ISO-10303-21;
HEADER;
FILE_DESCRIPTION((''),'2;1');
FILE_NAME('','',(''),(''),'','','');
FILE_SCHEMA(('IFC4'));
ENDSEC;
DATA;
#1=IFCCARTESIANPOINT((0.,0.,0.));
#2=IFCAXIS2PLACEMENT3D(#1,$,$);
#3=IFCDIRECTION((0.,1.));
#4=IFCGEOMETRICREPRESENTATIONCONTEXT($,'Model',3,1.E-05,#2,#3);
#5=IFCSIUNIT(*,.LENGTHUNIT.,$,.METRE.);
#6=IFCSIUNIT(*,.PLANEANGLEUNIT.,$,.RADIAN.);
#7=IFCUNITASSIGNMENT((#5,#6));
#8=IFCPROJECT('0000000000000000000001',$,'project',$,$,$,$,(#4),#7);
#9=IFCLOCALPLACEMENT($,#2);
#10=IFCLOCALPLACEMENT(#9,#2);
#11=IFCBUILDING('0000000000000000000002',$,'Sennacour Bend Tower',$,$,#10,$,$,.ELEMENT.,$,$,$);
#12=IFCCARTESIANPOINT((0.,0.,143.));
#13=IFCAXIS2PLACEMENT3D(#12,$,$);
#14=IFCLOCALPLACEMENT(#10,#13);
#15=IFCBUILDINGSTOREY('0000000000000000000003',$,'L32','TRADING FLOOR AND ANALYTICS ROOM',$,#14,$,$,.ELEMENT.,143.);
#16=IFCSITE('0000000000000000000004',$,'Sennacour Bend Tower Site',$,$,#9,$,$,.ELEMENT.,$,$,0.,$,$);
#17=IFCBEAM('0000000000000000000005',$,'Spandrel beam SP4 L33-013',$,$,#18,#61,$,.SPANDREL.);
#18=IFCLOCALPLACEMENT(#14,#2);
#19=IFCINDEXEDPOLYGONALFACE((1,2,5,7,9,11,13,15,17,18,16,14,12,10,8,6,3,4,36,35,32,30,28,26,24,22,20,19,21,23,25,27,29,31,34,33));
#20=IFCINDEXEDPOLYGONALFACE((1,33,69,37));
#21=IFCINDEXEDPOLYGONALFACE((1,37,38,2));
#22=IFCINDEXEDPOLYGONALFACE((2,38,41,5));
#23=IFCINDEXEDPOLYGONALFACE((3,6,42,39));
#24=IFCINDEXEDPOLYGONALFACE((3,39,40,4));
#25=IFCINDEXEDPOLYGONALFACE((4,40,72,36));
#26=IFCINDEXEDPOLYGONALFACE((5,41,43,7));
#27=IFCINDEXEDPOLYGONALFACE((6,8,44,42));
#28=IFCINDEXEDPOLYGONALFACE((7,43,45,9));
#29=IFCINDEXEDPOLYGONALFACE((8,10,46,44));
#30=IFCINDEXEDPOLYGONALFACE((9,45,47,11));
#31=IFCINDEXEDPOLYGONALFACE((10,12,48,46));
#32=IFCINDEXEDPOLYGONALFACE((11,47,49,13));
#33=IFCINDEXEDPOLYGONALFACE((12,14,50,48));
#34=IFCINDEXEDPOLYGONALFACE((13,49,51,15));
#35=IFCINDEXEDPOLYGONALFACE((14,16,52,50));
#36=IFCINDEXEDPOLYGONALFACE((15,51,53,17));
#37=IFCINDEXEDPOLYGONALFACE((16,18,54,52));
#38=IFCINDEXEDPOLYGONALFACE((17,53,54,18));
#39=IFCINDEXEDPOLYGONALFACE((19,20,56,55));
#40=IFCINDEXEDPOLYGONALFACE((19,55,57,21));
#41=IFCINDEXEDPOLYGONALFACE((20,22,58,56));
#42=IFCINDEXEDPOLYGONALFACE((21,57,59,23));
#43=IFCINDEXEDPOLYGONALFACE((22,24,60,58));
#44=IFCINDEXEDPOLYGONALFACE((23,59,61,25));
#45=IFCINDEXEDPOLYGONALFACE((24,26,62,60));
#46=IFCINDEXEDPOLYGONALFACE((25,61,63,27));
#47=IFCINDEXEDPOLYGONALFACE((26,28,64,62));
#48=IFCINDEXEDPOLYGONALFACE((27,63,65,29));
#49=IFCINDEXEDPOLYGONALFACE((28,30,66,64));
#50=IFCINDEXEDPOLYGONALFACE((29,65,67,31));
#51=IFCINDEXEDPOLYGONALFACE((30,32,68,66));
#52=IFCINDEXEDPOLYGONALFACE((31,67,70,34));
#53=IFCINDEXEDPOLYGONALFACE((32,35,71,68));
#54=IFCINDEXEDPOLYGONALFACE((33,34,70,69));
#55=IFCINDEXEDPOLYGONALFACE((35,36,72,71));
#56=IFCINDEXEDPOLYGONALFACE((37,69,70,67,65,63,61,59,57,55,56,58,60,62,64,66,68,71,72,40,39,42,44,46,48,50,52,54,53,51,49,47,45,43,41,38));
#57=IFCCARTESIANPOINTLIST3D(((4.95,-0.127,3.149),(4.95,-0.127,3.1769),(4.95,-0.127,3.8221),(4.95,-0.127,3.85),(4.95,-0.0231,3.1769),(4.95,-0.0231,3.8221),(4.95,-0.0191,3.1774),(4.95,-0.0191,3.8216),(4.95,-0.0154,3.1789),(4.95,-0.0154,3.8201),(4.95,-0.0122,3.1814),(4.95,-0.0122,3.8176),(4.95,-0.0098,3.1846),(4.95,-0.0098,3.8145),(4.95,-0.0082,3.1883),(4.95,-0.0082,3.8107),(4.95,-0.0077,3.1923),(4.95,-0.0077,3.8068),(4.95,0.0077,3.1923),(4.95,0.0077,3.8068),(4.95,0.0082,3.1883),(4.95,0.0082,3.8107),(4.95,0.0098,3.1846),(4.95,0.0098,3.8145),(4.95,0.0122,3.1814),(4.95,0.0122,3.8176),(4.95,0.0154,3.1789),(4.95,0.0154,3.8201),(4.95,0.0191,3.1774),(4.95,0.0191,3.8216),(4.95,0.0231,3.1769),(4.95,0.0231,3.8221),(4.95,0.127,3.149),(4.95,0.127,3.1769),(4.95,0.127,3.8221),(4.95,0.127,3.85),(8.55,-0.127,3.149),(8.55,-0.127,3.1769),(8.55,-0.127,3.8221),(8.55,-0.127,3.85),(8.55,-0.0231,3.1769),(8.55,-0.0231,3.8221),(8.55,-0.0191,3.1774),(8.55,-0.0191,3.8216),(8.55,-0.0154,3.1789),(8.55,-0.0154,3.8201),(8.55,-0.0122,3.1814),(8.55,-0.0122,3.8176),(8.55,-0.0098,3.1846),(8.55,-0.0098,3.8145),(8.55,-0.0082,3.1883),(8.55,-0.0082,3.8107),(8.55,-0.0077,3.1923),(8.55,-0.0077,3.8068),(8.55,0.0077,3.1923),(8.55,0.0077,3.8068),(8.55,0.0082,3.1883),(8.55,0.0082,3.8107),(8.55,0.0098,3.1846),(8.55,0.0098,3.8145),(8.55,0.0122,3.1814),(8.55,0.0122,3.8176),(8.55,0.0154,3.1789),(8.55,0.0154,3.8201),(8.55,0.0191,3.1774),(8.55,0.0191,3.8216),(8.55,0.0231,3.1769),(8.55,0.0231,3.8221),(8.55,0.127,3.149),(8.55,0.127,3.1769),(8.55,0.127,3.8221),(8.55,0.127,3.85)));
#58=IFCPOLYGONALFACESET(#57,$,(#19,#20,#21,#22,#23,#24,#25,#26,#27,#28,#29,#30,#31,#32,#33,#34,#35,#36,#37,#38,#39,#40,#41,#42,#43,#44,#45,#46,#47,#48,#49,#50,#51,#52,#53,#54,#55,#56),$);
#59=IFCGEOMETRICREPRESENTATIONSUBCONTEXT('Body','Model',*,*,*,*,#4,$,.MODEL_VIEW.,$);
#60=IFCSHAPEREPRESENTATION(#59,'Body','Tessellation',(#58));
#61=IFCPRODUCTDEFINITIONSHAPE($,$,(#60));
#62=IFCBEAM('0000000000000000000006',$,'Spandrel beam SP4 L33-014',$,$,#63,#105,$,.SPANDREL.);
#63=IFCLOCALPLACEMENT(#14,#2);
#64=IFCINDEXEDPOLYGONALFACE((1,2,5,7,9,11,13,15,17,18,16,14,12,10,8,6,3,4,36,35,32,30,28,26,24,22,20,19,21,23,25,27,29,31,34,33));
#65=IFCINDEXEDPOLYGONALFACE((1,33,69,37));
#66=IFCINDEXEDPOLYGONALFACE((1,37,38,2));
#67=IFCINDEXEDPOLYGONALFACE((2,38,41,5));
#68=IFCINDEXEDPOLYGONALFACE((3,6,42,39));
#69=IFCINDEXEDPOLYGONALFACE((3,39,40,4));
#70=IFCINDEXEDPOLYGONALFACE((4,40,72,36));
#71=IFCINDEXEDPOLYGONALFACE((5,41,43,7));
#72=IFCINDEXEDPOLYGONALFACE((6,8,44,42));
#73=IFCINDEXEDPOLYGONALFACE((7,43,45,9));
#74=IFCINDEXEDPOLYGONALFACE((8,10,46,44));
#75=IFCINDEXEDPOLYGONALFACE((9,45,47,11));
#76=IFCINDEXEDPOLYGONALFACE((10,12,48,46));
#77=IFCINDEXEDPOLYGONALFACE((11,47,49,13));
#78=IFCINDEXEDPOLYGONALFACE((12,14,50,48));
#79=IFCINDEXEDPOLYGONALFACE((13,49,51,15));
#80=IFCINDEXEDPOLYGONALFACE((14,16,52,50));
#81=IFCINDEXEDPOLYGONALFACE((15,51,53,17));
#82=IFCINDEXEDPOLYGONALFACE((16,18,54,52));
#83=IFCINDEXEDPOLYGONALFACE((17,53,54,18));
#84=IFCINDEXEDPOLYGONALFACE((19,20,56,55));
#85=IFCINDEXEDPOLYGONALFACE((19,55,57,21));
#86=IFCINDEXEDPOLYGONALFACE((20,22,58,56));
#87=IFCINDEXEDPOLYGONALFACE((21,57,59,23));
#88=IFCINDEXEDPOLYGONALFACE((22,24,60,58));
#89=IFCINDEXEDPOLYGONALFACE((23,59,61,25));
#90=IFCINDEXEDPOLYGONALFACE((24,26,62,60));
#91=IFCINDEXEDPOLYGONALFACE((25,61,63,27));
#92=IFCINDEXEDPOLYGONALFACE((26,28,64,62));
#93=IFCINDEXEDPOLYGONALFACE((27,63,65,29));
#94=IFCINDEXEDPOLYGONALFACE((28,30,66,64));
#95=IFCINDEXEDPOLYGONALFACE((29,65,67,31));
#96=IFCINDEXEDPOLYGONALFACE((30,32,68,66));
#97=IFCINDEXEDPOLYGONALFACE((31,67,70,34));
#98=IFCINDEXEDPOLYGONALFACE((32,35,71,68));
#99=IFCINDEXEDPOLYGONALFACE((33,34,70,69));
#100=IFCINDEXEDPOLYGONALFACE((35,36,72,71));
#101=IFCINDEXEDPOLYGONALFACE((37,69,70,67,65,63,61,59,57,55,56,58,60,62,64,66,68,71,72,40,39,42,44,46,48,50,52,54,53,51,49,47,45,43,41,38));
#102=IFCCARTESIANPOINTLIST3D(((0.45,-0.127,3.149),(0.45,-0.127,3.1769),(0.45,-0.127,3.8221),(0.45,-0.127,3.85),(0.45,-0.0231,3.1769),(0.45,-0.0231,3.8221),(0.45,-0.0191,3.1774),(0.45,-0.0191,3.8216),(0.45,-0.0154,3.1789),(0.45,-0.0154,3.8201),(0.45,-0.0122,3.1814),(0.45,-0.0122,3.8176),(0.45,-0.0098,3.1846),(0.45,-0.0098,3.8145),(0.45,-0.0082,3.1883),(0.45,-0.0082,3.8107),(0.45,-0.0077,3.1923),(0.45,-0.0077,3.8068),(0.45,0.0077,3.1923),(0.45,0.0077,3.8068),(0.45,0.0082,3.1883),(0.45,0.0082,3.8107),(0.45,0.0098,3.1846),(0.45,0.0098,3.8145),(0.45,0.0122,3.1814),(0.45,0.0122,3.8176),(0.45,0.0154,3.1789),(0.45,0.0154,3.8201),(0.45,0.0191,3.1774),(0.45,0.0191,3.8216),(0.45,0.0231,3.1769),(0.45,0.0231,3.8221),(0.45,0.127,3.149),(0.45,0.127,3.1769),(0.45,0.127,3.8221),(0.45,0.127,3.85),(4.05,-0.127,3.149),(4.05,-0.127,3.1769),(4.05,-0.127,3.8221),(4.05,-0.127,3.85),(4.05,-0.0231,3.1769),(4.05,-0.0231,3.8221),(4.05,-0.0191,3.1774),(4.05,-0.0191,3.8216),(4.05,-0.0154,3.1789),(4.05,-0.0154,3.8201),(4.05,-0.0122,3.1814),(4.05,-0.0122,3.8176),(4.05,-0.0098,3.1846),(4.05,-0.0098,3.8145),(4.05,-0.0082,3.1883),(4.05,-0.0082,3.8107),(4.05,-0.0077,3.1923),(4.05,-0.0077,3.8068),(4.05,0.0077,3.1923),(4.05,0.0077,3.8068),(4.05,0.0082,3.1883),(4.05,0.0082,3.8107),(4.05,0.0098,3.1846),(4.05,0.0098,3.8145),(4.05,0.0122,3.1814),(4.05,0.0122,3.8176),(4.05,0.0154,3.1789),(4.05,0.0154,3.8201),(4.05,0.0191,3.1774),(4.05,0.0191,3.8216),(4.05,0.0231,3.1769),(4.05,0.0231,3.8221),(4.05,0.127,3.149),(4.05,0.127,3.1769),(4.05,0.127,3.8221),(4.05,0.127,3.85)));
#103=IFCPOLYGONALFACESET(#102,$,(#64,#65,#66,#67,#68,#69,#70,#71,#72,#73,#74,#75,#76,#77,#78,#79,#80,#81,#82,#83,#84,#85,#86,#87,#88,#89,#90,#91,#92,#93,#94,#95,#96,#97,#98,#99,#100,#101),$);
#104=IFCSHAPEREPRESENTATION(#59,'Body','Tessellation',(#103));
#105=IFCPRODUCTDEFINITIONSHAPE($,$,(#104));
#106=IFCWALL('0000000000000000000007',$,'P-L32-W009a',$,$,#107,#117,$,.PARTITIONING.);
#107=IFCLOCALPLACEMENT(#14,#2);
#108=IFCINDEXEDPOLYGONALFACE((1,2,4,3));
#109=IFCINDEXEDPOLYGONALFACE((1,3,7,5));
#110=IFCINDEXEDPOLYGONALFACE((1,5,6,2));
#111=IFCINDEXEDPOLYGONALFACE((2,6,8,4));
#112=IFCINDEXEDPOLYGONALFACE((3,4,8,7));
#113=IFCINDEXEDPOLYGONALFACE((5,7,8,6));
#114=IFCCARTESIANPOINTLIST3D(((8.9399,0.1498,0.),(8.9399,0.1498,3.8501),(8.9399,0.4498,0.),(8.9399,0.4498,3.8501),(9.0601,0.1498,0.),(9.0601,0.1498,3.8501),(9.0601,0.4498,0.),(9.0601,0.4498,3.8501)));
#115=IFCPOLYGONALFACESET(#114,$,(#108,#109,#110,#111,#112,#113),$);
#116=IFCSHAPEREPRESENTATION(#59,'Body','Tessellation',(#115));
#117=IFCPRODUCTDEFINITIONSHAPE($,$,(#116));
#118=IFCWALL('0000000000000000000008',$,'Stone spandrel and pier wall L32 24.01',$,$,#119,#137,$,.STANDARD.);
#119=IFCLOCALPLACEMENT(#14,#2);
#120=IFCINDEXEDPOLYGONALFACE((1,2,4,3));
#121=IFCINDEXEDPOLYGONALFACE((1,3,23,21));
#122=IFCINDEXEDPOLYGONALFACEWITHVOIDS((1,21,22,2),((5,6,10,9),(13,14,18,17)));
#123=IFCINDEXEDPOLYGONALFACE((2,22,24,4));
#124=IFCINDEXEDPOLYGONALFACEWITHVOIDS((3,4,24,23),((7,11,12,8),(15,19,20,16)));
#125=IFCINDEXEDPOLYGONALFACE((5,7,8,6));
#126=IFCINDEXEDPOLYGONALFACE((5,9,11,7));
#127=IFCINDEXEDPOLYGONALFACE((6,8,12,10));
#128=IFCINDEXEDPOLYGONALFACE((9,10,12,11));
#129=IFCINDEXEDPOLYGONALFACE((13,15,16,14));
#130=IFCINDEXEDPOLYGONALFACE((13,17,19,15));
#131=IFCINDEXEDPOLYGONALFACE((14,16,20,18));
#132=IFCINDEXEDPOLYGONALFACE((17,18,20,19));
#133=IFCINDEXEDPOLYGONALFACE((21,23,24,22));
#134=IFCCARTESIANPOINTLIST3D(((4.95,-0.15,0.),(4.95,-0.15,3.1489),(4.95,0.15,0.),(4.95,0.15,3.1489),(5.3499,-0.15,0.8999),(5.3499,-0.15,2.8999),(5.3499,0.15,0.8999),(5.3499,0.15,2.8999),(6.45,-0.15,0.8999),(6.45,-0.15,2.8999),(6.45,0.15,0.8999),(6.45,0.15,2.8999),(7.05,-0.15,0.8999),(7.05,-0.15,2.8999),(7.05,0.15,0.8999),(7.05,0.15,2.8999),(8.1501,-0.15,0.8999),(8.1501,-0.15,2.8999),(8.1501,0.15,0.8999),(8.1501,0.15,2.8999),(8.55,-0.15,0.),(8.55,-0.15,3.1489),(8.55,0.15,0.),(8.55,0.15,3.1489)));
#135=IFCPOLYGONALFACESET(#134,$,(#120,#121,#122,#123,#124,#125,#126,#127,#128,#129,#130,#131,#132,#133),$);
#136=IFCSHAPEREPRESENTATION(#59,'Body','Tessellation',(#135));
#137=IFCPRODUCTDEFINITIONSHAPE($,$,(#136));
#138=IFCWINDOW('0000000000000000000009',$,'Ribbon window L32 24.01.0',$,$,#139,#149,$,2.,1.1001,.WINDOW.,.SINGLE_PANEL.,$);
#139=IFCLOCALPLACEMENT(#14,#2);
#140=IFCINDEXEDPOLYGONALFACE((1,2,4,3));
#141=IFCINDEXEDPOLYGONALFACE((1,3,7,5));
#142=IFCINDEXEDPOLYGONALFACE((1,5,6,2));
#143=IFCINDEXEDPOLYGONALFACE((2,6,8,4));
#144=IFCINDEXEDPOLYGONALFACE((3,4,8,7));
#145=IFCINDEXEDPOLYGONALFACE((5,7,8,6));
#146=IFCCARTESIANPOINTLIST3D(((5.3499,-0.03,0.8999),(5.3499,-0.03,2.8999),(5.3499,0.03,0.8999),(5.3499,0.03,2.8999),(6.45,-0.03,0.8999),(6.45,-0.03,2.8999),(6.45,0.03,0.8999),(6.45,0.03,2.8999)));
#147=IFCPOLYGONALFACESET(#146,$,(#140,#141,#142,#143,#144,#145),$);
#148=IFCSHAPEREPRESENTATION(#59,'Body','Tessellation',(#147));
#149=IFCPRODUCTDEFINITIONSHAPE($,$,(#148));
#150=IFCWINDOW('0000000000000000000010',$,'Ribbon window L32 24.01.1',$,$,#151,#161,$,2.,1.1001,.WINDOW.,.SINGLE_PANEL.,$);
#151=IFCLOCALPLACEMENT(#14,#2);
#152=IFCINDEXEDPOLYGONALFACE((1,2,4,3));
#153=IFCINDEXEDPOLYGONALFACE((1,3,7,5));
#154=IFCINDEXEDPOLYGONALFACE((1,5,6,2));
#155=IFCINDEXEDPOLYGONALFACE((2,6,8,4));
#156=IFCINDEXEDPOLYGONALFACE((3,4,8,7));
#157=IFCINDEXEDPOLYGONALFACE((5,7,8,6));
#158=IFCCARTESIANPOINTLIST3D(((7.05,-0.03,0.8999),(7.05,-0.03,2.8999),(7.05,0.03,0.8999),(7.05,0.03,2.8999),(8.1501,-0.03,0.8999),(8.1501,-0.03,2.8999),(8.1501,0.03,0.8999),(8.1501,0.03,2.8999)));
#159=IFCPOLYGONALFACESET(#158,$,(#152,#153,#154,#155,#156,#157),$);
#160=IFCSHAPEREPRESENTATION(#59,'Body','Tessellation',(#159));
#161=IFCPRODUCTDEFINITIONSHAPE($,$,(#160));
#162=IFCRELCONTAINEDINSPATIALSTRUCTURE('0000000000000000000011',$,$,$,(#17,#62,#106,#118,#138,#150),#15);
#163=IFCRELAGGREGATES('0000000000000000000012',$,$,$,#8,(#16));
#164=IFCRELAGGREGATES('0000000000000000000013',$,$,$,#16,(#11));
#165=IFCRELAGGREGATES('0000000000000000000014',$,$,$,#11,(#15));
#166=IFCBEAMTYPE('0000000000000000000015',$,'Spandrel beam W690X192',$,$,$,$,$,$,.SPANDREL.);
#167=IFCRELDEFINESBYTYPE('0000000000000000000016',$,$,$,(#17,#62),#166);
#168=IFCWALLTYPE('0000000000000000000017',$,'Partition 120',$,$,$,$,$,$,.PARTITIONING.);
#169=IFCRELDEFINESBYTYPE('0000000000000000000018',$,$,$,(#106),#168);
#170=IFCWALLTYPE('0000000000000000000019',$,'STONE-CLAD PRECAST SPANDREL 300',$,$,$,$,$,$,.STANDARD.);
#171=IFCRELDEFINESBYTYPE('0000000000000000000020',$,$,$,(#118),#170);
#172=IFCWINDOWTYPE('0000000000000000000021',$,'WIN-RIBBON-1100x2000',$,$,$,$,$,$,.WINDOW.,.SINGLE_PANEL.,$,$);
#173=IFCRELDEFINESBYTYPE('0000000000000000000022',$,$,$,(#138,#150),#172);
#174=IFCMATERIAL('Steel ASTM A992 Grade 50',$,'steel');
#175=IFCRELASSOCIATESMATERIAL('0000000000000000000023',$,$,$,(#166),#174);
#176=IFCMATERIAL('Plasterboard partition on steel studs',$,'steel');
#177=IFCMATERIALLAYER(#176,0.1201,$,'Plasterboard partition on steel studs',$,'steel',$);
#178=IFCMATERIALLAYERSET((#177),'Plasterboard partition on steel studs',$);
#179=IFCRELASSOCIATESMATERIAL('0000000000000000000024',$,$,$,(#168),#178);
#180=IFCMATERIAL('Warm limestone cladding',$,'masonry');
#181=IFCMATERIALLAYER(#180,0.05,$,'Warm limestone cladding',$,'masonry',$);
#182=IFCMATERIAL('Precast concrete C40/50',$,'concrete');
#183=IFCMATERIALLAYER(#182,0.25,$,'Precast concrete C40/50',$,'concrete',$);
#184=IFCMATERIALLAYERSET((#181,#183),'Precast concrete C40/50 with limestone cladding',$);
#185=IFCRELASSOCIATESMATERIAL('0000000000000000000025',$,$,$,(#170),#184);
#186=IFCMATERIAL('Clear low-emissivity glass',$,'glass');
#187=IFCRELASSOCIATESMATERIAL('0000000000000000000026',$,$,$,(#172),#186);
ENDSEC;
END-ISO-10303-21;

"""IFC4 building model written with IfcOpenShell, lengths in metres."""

from ifc_helpers import new_model, si_unit, direction, frame, frame_2d, origin, origin_2d, place, context, subcontext, project, spatial, rectangle, i_section, extrude, material, layer, layer_set, material_profile, profile_set, type_object, element, fill, save


model = new_model("IFC4")

# Units and contexts
model_context = context("Model", 3, precision=1e-05, world=origin(), true_north=direction((0.0, 1.0)))
body_context = subcontext(model_context, "Body", "Model", "MODEL_VIEW")
ifc_project = project(units=[si_unit("LENGTHUNIT", "METRE"), si_unit("PLANEANGLEUNIT", "RADIAN")], contexts=[model_context])

# Site, building, storey
site_placement = place(None, origin())
site = spatial("IfcSite", under=ifc_project, at=site_placement, Name="Sennacour Bend Tower Site", CompositionType="ELEMENT", RefElevation=0.0)
building_placement = place(site_placement, origin())
building = spatial("IfcBuilding", under=site, at=building_placement, Name="Sennacour Bend Tower", CompositionType="ELEMENT")
storey_placement = place(building_placement, frame((0.0, 0.0, 143.0)))
storey = spatial("IfcBuildingStorey", under=building, at=storey_placement, Name="L32", Description="TRADING FLOOR AND ANALYTICS ROOM", CompositionType="ELEMENT", Elevation=143.0)

# Beams
ifc_material_1 = material(Name="Steel ASTM A992 Grade 50", Category="steel")
ifc_material_profile_1 = material_profile(ifc_material_1, i_section(OverallWidth=0.2539, OverallDepth=0.7009, WebThickness=0.0154, FlangeThickness=0.0278, FilletRadius=0.0154, at=origin_2d()), Name="Steel ASTM A992 Grade 50", Category="steel")
ifc_profile_set_1 = profile_set([ifc_material_profile_1], Name="Steel ASTM A992 Grade 50")
beam_type_1 = type_object("IfcBeamType", Name="Spandrel beam W690X192", PredefinedType="SPANDREL", material=ifc_profile_set_1)
for number, where, z_axis, x_axis, name in (
    (1, (8.55, 0.0, 3.4995), (-1.0, 0.0, 0.0), (0.0, -1.0, 0.0), "Spandrel beam SP4 L33-013"),
    (2, (4.05, 0.0, 3.4995), (-1.0, 0.0, 0.0), (0.0, -1.0, 0.0), "Spandrel beam SP4 L33-014"),
):
    element("IfcBeam", number, at=place(storey_placement, frame(where, z_axis=z_axis, x_axis=x_axis)), inside=storey, type_object=beam_type_1, Name=name, PredefinedType="SPANDREL", context=body_context, shape_type="SweptSolid", body=[
        extrude(i_section(OverallWidth=0.2539, OverallDepth=0.7009, WebThickness=0.0154, FlangeThickness=0.0278, FilletRadius=0.0154, at=origin_2d()), origin(), (0.0, 0.0, 1.0), 3.6001),
    ])

# Wall
ifc_material_2 = material(Name="Plasterboard partition on steel studs", Category="steel")
ifc_layer_1 = layer(ifc_material_2, 0.1201, Name="Plasterboard partition on steel studs", Category="steel")
ifc_layer_set_1 = layer_set([ifc_layer_1], Name="Plasterboard partition on steel studs")
wall_type_1 = type_object("IfcWallType", Name="Partition 120", PredefinedType="PARTITIONING", material=ifc_layer_set_1)
wall_1_placement = place(storey_placement, frame((9.0, 0.1499, 0.0), z_axis=(0.0, 0.0, 1.0), x_axis=(0.0, 1.0, 0.0)))
element("IfcWall", 3, at=wall_1_placement, inside=storey, type_object=wall_type_1, Name="P-L32-W009a", PredefinedType="PARTITIONING", context=body_context, shape_type="SweptSolid", body=[
    extrude(rectangle(XDim=0.3, YDim=0.1201, at=frame_2d((0.1499, 0.0))), origin(), (0.0, 0.0, 1.0), 3.8501),
])

# Wall, openings, windows
ifc_material_3 = material(Name="Warm limestone cladding", Category="masonry")
ifc_layer_2 = layer(ifc_material_3, 0.05, Name="Warm limestone cladding", Category="masonry")
ifc_material_4 = material(Name="Precast concrete C40/50", Category="concrete")
ifc_layer_3 = layer(ifc_material_4, 0.25, Name="Precast concrete C40/50", Category="concrete")
ifc_layer_set_2 = layer_set([ifc_layer_2, ifc_layer_3], Name="Precast concrete C40/50 with limestone cladding")
wall_type_2 = type_object("IfcWallType", Name="STONE-CLAD PRECAST SPANDREL 300", PredefinedType="STANDARD", material=ifc_layer_set_2)
wall_2_placement = place(storey_placement, frame((4.95, 0.0, 0.0), z_axis=(0.0, 0.0, 1.0), x_axis=(1.0, 0.0, 0.0)))
wall_2 = element("IfcWall", 4, at=wall_2_placement, inside=storey, type_object=wall_type_2, Name="Stone spandrel and pier wall L32 24.01", PredefinedType="STANDARD", context=body_context, shape_type="SweptSolid", body=[
    extrude(rectangle(XDim=3.6001, YDim=0.3, at=frame_2d((1.8, 0.0))), origin(), (0.0, 0.0, 1.0), 3.1489),
])
opening_1_placement = place(wall_2_placement, frame((0.3999, 0.0, 0.8999)))
opening_1 = element("IfcOpeningElement", 5, at=opening_1_placement, cuts=wall_2, PredefinedType="OPENING", context=body_context, shape_type="SweptSolid", body=[
    extrude(rectangle(XDim=1.1001, YDim=2.0, at=frame_2d((0.55, 1.0))), frame((0.0, 0.1602, 0.0), z_axis=(0.0, -1.0, 0.0), x_axis=(1.0, 0.0, 0.0)), (0.0, 0.0, 1.0), 0.3201),
])
opening_2_placement = place(wall_2_placement, frame((2.1001, 0.0, 0.8999)))
opening_2 = element("IfcOpeningElement", 6, at=opening_2_placement, cuts=wall_2, PredefinedType="OPENING", context=body_context, shape_type="SweptSolid", body=[
    extrude(rectangle(XDim=1.1001, YDim=2.0, at=frame_2d((0.55, 1.0))), frame((0.0, 0.1602, 0.0), z_axis=(0.0, -1.0, 0.0), x_axis=(1.0, 0.0, 0.0)), (0.0, 0.0, 1.0), 0.3201),
])
ifc_material_5 = material(Name="Clear low-emissivity glass", Category="glass")
window_type = type_object("IfcWindowType", Name="WIN-RIBBON-1100x2000", PartitioningType="SINGLE_PANEL", PredefinedType="WINDOW", material=ifc_material_5)
window_1_placement = place(opening_1_placement, origin())
window_1 = element("IfcWindow", 7, at=window_1_placement, inside=storey, type_object=window_type, Name="Ribbon window L32 24.01.0", OverallHeight=2.0, OverallWidth=1.1001, PartitioningType="SINGLE_PANEL", PredefinedType="WINDOW", context=body_context, shape_type="SweptSolid", body=[
    extrude(rectangle(XDim=1.1001, YDim=2.0, at=frame_2d((0.55, 1.0))), frame((0.0, 0.03, 0.0), z_axis=(0.0, -1.0, 0.0), x_axis=(1.0, 0.0, 0.0)), (0.0, 0.0, 1.0), 0.0601),
])
fill(opening_1, window_1)
window_2_placement = place(opening_2_placement, origin())
window_2 = element("IfcWindow", 8, at=window_2_placement, inside=storey, type_object=window_type, Name="Ribbon window L32 24.01.1", OverallHeight=2.0, OverallWidth=1.1001, PartitioningType="SINGLE_PANEL", PredefinedType="WINDOW", context=body_context, shape_type="SweptSolid", body=[
    extrude(rectangle(XDim=1.1001, YDim=2.0, at=frame_2d((0.55, 1.0))), frame((0.0, 0.03, 0.0), z_axis=(0.0, -1.0, 0.0), x_axis=(1.0, 0.0, 0.0)), (0.0, 0.0, 1.0), 0.0601),
])
fill(opening_2, window_2)

save(model, "model.ifc")
